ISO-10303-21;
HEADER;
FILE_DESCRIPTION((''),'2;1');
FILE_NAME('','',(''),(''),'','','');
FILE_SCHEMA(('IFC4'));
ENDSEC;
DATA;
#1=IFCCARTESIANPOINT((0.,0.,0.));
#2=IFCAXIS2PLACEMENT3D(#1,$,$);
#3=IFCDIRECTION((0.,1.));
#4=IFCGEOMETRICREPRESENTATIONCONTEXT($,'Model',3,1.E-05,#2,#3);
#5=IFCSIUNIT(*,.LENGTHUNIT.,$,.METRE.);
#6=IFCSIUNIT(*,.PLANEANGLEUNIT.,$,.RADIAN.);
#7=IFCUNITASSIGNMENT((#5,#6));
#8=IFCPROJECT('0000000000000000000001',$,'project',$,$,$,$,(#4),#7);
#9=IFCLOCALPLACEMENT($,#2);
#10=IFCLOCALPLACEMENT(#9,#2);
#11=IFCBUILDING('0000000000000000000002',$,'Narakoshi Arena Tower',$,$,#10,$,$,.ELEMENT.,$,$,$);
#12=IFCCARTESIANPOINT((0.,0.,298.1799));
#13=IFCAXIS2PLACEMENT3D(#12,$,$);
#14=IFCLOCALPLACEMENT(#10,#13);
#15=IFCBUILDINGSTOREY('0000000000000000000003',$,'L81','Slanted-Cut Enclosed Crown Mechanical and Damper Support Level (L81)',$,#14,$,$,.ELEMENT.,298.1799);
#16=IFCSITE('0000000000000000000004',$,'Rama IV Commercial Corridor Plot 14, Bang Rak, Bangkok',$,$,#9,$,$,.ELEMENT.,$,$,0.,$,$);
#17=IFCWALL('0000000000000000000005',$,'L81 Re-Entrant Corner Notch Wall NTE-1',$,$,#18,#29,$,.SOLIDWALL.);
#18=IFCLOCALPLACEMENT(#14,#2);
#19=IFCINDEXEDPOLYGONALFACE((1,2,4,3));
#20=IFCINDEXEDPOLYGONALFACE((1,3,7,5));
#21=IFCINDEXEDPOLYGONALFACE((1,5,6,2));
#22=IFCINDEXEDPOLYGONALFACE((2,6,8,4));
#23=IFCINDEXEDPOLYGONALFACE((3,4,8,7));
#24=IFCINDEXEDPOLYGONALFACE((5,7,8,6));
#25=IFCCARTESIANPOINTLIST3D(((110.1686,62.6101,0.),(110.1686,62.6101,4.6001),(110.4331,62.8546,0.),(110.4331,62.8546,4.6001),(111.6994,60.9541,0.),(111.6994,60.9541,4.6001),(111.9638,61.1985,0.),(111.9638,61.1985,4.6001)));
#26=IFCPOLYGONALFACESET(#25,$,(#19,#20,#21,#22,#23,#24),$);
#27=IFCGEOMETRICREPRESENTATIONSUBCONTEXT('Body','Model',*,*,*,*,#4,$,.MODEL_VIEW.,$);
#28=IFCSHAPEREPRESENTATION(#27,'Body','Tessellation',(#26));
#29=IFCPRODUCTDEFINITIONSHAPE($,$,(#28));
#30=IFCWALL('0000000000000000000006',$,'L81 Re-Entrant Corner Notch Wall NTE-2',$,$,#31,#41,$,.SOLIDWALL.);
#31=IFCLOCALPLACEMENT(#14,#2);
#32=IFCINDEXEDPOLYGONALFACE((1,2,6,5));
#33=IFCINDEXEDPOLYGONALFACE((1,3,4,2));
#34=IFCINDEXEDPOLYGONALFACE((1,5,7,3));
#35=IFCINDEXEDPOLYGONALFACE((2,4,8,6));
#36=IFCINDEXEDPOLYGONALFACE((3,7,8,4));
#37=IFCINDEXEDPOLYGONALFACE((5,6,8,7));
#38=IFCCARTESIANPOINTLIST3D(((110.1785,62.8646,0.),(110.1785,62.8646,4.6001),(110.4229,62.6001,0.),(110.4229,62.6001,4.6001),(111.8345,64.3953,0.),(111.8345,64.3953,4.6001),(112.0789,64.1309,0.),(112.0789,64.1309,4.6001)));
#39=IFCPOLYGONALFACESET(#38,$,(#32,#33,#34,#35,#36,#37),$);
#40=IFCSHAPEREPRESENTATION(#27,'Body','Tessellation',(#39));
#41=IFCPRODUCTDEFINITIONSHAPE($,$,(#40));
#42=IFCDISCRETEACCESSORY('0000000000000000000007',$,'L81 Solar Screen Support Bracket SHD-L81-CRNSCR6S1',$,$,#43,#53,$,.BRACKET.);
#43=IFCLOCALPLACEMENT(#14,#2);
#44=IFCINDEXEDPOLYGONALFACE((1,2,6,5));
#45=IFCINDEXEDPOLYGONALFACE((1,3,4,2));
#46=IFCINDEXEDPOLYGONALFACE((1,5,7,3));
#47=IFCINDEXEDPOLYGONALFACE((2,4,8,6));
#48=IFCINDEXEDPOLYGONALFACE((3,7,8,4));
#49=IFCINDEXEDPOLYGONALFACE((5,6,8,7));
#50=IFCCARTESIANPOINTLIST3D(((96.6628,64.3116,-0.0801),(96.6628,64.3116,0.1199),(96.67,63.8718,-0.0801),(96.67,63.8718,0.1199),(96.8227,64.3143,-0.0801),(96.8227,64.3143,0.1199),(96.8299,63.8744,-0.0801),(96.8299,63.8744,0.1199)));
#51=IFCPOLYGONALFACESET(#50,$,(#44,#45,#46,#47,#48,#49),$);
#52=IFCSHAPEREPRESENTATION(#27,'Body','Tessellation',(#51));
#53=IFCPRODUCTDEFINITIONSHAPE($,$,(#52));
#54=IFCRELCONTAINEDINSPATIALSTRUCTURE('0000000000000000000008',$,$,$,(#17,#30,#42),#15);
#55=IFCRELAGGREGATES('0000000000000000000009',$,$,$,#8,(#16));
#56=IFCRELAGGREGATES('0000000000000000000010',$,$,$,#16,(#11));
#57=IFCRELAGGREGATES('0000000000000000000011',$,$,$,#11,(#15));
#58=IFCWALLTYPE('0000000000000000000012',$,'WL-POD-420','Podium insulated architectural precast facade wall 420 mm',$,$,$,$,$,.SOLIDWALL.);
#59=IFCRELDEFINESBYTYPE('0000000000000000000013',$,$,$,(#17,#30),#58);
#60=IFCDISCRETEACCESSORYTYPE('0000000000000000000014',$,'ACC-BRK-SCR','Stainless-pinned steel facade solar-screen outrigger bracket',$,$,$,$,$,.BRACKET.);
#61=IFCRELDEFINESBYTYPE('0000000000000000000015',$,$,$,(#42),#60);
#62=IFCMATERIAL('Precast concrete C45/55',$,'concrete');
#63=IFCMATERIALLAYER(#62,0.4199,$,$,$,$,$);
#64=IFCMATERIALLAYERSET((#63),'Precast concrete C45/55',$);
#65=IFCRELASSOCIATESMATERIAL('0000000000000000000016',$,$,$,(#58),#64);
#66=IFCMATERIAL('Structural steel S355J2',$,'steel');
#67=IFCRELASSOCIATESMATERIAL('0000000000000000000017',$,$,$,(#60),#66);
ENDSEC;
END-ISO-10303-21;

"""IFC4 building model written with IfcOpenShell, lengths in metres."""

from ifc_helpers import new_model, si_unit, direction, frame, frame_2d, origin, origin_2d, place, context, subcontext, project, spatial, rectangle, extrude, material, layer, layer_set, type_object, element, save


model = new_model("IFC4")

# Units and contexts
model_context = context("Model", 3, precision=1e-05, world=origin(), true_north=direction((0.0, 1.0)))
body_context = subcontext(model_context, "Body", "Model", "MODEL_VIEW")
ifc_project = project(units=[si_unit("LENGTHUNIT", "METRE"), si_unit("PLANEANGLEUNIT", "RADIAN")], contexts=[model_context])

# Site, building, storey
site_placement = place(None, origin())
site = spatial("IfcSite", under=ifc_project, at=site_placement, Name="Rama IV Commercial Corridor Plot 14, Bang Rak, Bangkok", CompositionType="ELEMENT", RefElevation=0.0)
building_placement = place(site_placement, origin())
building = spatial("IfcBuilding", under=site, at=building_placement, Name="Narakoshi Arena Tower", CompositionType="ELEMENT")
storey_placement = place(building_placement, frame((0.0, 0.0, 298.1799)))
storey = spatial("IfcBuildingStorey", under=building, at=storey_placement, Name="L81", Description="Slanted-Cut Enclosed Crown Mechanical and Damper Support Level (L81)", CompositionType="ELEMENT", Elevation=298.1799)

# Shared definitions
ifc_material_1 = material(Name="Structural steel S355J2", Category="steel")

# Shared definitions
ifc_material_2 = material(Name="Precast concrete C45/55", Category="concrete")
ifc_layer_1 = layer(ifc_material_2, 0.4199)
ifc_layer_set_1 = layer_set([ifc_layer_1], Name="Precast concrete C45/55")
wall_type = type_object("IfcWallType", Name="WL-POD-420", Description="Podium insulated architectural precast facade wall 420 mm", PredefinedType="SOLIDWALL", material=ifc_layer_set_1)

# Walls
for number, where, z_axis, x_axis, name in (
    (1, (111.8315, 61.0764, 0.0), (0.0, 0.0, 1.0), (-0.678793, 0.73433, 0.0), "L81 Re-Entrant Corner Notch Wall NTE-1"),
    (2, (110.3008, 62.7324, 0.0), (0.0, 0.0, 1.0), (0.73433, 0.678793, 0.0), "L81 Re-Entrant Corner Notch Wall NTE-2"),
):
    element("IfcWall", number, at=place(storey_placement, frame(where, z_axis=z_axis, x_axis=x_axis)), inside=storey, type_object=wall_type, Name=name, PredefinedType="SOLIDWALL", context=body_context, shape_type="SweptSolid", body=[
        extrude(rectangle(XDim=2.2551, YDim=0.3601, at=frame_2d((1.1274, 0.0))), origin(), (0.0, 0.0, 1.0), 4.6001),
    ])

# Discrete accessory
discrete_accessory_type = type_object("IfcDiscreteAccessoryType", Name="ACC-BRK-SCR", Description="Stainless-pinned steel facade solar-screen outrigger bracket", PredefinedType="BRACKET", material=ifc_material_1)
discrete_accessory_placement = place(storey_placement, frame((96.7463, 64.093, -0.0801), z_axis=(0.0, 0.0, 1.0), x_axis=(0.999865, 0.01644, 0.0)))
element("IfcDiscreteAccessory", 3, at=discrete_accessory_placement, inside=storey, type_object=discrete_accessory_type, Name="L81 Solar Screen Support Bracket SHD-L81-CRNSCR6S1", PredefinedType="BRACKET", context=body_context, shape_type="SweptSolid", body=[
    extrude(rectangle(XDim=0.1599, YDim=0.4399, at=origin_2d()), origin(), (0.0, 0.0, 1.0), 0.2),
])

save(model, "model.ifc")
